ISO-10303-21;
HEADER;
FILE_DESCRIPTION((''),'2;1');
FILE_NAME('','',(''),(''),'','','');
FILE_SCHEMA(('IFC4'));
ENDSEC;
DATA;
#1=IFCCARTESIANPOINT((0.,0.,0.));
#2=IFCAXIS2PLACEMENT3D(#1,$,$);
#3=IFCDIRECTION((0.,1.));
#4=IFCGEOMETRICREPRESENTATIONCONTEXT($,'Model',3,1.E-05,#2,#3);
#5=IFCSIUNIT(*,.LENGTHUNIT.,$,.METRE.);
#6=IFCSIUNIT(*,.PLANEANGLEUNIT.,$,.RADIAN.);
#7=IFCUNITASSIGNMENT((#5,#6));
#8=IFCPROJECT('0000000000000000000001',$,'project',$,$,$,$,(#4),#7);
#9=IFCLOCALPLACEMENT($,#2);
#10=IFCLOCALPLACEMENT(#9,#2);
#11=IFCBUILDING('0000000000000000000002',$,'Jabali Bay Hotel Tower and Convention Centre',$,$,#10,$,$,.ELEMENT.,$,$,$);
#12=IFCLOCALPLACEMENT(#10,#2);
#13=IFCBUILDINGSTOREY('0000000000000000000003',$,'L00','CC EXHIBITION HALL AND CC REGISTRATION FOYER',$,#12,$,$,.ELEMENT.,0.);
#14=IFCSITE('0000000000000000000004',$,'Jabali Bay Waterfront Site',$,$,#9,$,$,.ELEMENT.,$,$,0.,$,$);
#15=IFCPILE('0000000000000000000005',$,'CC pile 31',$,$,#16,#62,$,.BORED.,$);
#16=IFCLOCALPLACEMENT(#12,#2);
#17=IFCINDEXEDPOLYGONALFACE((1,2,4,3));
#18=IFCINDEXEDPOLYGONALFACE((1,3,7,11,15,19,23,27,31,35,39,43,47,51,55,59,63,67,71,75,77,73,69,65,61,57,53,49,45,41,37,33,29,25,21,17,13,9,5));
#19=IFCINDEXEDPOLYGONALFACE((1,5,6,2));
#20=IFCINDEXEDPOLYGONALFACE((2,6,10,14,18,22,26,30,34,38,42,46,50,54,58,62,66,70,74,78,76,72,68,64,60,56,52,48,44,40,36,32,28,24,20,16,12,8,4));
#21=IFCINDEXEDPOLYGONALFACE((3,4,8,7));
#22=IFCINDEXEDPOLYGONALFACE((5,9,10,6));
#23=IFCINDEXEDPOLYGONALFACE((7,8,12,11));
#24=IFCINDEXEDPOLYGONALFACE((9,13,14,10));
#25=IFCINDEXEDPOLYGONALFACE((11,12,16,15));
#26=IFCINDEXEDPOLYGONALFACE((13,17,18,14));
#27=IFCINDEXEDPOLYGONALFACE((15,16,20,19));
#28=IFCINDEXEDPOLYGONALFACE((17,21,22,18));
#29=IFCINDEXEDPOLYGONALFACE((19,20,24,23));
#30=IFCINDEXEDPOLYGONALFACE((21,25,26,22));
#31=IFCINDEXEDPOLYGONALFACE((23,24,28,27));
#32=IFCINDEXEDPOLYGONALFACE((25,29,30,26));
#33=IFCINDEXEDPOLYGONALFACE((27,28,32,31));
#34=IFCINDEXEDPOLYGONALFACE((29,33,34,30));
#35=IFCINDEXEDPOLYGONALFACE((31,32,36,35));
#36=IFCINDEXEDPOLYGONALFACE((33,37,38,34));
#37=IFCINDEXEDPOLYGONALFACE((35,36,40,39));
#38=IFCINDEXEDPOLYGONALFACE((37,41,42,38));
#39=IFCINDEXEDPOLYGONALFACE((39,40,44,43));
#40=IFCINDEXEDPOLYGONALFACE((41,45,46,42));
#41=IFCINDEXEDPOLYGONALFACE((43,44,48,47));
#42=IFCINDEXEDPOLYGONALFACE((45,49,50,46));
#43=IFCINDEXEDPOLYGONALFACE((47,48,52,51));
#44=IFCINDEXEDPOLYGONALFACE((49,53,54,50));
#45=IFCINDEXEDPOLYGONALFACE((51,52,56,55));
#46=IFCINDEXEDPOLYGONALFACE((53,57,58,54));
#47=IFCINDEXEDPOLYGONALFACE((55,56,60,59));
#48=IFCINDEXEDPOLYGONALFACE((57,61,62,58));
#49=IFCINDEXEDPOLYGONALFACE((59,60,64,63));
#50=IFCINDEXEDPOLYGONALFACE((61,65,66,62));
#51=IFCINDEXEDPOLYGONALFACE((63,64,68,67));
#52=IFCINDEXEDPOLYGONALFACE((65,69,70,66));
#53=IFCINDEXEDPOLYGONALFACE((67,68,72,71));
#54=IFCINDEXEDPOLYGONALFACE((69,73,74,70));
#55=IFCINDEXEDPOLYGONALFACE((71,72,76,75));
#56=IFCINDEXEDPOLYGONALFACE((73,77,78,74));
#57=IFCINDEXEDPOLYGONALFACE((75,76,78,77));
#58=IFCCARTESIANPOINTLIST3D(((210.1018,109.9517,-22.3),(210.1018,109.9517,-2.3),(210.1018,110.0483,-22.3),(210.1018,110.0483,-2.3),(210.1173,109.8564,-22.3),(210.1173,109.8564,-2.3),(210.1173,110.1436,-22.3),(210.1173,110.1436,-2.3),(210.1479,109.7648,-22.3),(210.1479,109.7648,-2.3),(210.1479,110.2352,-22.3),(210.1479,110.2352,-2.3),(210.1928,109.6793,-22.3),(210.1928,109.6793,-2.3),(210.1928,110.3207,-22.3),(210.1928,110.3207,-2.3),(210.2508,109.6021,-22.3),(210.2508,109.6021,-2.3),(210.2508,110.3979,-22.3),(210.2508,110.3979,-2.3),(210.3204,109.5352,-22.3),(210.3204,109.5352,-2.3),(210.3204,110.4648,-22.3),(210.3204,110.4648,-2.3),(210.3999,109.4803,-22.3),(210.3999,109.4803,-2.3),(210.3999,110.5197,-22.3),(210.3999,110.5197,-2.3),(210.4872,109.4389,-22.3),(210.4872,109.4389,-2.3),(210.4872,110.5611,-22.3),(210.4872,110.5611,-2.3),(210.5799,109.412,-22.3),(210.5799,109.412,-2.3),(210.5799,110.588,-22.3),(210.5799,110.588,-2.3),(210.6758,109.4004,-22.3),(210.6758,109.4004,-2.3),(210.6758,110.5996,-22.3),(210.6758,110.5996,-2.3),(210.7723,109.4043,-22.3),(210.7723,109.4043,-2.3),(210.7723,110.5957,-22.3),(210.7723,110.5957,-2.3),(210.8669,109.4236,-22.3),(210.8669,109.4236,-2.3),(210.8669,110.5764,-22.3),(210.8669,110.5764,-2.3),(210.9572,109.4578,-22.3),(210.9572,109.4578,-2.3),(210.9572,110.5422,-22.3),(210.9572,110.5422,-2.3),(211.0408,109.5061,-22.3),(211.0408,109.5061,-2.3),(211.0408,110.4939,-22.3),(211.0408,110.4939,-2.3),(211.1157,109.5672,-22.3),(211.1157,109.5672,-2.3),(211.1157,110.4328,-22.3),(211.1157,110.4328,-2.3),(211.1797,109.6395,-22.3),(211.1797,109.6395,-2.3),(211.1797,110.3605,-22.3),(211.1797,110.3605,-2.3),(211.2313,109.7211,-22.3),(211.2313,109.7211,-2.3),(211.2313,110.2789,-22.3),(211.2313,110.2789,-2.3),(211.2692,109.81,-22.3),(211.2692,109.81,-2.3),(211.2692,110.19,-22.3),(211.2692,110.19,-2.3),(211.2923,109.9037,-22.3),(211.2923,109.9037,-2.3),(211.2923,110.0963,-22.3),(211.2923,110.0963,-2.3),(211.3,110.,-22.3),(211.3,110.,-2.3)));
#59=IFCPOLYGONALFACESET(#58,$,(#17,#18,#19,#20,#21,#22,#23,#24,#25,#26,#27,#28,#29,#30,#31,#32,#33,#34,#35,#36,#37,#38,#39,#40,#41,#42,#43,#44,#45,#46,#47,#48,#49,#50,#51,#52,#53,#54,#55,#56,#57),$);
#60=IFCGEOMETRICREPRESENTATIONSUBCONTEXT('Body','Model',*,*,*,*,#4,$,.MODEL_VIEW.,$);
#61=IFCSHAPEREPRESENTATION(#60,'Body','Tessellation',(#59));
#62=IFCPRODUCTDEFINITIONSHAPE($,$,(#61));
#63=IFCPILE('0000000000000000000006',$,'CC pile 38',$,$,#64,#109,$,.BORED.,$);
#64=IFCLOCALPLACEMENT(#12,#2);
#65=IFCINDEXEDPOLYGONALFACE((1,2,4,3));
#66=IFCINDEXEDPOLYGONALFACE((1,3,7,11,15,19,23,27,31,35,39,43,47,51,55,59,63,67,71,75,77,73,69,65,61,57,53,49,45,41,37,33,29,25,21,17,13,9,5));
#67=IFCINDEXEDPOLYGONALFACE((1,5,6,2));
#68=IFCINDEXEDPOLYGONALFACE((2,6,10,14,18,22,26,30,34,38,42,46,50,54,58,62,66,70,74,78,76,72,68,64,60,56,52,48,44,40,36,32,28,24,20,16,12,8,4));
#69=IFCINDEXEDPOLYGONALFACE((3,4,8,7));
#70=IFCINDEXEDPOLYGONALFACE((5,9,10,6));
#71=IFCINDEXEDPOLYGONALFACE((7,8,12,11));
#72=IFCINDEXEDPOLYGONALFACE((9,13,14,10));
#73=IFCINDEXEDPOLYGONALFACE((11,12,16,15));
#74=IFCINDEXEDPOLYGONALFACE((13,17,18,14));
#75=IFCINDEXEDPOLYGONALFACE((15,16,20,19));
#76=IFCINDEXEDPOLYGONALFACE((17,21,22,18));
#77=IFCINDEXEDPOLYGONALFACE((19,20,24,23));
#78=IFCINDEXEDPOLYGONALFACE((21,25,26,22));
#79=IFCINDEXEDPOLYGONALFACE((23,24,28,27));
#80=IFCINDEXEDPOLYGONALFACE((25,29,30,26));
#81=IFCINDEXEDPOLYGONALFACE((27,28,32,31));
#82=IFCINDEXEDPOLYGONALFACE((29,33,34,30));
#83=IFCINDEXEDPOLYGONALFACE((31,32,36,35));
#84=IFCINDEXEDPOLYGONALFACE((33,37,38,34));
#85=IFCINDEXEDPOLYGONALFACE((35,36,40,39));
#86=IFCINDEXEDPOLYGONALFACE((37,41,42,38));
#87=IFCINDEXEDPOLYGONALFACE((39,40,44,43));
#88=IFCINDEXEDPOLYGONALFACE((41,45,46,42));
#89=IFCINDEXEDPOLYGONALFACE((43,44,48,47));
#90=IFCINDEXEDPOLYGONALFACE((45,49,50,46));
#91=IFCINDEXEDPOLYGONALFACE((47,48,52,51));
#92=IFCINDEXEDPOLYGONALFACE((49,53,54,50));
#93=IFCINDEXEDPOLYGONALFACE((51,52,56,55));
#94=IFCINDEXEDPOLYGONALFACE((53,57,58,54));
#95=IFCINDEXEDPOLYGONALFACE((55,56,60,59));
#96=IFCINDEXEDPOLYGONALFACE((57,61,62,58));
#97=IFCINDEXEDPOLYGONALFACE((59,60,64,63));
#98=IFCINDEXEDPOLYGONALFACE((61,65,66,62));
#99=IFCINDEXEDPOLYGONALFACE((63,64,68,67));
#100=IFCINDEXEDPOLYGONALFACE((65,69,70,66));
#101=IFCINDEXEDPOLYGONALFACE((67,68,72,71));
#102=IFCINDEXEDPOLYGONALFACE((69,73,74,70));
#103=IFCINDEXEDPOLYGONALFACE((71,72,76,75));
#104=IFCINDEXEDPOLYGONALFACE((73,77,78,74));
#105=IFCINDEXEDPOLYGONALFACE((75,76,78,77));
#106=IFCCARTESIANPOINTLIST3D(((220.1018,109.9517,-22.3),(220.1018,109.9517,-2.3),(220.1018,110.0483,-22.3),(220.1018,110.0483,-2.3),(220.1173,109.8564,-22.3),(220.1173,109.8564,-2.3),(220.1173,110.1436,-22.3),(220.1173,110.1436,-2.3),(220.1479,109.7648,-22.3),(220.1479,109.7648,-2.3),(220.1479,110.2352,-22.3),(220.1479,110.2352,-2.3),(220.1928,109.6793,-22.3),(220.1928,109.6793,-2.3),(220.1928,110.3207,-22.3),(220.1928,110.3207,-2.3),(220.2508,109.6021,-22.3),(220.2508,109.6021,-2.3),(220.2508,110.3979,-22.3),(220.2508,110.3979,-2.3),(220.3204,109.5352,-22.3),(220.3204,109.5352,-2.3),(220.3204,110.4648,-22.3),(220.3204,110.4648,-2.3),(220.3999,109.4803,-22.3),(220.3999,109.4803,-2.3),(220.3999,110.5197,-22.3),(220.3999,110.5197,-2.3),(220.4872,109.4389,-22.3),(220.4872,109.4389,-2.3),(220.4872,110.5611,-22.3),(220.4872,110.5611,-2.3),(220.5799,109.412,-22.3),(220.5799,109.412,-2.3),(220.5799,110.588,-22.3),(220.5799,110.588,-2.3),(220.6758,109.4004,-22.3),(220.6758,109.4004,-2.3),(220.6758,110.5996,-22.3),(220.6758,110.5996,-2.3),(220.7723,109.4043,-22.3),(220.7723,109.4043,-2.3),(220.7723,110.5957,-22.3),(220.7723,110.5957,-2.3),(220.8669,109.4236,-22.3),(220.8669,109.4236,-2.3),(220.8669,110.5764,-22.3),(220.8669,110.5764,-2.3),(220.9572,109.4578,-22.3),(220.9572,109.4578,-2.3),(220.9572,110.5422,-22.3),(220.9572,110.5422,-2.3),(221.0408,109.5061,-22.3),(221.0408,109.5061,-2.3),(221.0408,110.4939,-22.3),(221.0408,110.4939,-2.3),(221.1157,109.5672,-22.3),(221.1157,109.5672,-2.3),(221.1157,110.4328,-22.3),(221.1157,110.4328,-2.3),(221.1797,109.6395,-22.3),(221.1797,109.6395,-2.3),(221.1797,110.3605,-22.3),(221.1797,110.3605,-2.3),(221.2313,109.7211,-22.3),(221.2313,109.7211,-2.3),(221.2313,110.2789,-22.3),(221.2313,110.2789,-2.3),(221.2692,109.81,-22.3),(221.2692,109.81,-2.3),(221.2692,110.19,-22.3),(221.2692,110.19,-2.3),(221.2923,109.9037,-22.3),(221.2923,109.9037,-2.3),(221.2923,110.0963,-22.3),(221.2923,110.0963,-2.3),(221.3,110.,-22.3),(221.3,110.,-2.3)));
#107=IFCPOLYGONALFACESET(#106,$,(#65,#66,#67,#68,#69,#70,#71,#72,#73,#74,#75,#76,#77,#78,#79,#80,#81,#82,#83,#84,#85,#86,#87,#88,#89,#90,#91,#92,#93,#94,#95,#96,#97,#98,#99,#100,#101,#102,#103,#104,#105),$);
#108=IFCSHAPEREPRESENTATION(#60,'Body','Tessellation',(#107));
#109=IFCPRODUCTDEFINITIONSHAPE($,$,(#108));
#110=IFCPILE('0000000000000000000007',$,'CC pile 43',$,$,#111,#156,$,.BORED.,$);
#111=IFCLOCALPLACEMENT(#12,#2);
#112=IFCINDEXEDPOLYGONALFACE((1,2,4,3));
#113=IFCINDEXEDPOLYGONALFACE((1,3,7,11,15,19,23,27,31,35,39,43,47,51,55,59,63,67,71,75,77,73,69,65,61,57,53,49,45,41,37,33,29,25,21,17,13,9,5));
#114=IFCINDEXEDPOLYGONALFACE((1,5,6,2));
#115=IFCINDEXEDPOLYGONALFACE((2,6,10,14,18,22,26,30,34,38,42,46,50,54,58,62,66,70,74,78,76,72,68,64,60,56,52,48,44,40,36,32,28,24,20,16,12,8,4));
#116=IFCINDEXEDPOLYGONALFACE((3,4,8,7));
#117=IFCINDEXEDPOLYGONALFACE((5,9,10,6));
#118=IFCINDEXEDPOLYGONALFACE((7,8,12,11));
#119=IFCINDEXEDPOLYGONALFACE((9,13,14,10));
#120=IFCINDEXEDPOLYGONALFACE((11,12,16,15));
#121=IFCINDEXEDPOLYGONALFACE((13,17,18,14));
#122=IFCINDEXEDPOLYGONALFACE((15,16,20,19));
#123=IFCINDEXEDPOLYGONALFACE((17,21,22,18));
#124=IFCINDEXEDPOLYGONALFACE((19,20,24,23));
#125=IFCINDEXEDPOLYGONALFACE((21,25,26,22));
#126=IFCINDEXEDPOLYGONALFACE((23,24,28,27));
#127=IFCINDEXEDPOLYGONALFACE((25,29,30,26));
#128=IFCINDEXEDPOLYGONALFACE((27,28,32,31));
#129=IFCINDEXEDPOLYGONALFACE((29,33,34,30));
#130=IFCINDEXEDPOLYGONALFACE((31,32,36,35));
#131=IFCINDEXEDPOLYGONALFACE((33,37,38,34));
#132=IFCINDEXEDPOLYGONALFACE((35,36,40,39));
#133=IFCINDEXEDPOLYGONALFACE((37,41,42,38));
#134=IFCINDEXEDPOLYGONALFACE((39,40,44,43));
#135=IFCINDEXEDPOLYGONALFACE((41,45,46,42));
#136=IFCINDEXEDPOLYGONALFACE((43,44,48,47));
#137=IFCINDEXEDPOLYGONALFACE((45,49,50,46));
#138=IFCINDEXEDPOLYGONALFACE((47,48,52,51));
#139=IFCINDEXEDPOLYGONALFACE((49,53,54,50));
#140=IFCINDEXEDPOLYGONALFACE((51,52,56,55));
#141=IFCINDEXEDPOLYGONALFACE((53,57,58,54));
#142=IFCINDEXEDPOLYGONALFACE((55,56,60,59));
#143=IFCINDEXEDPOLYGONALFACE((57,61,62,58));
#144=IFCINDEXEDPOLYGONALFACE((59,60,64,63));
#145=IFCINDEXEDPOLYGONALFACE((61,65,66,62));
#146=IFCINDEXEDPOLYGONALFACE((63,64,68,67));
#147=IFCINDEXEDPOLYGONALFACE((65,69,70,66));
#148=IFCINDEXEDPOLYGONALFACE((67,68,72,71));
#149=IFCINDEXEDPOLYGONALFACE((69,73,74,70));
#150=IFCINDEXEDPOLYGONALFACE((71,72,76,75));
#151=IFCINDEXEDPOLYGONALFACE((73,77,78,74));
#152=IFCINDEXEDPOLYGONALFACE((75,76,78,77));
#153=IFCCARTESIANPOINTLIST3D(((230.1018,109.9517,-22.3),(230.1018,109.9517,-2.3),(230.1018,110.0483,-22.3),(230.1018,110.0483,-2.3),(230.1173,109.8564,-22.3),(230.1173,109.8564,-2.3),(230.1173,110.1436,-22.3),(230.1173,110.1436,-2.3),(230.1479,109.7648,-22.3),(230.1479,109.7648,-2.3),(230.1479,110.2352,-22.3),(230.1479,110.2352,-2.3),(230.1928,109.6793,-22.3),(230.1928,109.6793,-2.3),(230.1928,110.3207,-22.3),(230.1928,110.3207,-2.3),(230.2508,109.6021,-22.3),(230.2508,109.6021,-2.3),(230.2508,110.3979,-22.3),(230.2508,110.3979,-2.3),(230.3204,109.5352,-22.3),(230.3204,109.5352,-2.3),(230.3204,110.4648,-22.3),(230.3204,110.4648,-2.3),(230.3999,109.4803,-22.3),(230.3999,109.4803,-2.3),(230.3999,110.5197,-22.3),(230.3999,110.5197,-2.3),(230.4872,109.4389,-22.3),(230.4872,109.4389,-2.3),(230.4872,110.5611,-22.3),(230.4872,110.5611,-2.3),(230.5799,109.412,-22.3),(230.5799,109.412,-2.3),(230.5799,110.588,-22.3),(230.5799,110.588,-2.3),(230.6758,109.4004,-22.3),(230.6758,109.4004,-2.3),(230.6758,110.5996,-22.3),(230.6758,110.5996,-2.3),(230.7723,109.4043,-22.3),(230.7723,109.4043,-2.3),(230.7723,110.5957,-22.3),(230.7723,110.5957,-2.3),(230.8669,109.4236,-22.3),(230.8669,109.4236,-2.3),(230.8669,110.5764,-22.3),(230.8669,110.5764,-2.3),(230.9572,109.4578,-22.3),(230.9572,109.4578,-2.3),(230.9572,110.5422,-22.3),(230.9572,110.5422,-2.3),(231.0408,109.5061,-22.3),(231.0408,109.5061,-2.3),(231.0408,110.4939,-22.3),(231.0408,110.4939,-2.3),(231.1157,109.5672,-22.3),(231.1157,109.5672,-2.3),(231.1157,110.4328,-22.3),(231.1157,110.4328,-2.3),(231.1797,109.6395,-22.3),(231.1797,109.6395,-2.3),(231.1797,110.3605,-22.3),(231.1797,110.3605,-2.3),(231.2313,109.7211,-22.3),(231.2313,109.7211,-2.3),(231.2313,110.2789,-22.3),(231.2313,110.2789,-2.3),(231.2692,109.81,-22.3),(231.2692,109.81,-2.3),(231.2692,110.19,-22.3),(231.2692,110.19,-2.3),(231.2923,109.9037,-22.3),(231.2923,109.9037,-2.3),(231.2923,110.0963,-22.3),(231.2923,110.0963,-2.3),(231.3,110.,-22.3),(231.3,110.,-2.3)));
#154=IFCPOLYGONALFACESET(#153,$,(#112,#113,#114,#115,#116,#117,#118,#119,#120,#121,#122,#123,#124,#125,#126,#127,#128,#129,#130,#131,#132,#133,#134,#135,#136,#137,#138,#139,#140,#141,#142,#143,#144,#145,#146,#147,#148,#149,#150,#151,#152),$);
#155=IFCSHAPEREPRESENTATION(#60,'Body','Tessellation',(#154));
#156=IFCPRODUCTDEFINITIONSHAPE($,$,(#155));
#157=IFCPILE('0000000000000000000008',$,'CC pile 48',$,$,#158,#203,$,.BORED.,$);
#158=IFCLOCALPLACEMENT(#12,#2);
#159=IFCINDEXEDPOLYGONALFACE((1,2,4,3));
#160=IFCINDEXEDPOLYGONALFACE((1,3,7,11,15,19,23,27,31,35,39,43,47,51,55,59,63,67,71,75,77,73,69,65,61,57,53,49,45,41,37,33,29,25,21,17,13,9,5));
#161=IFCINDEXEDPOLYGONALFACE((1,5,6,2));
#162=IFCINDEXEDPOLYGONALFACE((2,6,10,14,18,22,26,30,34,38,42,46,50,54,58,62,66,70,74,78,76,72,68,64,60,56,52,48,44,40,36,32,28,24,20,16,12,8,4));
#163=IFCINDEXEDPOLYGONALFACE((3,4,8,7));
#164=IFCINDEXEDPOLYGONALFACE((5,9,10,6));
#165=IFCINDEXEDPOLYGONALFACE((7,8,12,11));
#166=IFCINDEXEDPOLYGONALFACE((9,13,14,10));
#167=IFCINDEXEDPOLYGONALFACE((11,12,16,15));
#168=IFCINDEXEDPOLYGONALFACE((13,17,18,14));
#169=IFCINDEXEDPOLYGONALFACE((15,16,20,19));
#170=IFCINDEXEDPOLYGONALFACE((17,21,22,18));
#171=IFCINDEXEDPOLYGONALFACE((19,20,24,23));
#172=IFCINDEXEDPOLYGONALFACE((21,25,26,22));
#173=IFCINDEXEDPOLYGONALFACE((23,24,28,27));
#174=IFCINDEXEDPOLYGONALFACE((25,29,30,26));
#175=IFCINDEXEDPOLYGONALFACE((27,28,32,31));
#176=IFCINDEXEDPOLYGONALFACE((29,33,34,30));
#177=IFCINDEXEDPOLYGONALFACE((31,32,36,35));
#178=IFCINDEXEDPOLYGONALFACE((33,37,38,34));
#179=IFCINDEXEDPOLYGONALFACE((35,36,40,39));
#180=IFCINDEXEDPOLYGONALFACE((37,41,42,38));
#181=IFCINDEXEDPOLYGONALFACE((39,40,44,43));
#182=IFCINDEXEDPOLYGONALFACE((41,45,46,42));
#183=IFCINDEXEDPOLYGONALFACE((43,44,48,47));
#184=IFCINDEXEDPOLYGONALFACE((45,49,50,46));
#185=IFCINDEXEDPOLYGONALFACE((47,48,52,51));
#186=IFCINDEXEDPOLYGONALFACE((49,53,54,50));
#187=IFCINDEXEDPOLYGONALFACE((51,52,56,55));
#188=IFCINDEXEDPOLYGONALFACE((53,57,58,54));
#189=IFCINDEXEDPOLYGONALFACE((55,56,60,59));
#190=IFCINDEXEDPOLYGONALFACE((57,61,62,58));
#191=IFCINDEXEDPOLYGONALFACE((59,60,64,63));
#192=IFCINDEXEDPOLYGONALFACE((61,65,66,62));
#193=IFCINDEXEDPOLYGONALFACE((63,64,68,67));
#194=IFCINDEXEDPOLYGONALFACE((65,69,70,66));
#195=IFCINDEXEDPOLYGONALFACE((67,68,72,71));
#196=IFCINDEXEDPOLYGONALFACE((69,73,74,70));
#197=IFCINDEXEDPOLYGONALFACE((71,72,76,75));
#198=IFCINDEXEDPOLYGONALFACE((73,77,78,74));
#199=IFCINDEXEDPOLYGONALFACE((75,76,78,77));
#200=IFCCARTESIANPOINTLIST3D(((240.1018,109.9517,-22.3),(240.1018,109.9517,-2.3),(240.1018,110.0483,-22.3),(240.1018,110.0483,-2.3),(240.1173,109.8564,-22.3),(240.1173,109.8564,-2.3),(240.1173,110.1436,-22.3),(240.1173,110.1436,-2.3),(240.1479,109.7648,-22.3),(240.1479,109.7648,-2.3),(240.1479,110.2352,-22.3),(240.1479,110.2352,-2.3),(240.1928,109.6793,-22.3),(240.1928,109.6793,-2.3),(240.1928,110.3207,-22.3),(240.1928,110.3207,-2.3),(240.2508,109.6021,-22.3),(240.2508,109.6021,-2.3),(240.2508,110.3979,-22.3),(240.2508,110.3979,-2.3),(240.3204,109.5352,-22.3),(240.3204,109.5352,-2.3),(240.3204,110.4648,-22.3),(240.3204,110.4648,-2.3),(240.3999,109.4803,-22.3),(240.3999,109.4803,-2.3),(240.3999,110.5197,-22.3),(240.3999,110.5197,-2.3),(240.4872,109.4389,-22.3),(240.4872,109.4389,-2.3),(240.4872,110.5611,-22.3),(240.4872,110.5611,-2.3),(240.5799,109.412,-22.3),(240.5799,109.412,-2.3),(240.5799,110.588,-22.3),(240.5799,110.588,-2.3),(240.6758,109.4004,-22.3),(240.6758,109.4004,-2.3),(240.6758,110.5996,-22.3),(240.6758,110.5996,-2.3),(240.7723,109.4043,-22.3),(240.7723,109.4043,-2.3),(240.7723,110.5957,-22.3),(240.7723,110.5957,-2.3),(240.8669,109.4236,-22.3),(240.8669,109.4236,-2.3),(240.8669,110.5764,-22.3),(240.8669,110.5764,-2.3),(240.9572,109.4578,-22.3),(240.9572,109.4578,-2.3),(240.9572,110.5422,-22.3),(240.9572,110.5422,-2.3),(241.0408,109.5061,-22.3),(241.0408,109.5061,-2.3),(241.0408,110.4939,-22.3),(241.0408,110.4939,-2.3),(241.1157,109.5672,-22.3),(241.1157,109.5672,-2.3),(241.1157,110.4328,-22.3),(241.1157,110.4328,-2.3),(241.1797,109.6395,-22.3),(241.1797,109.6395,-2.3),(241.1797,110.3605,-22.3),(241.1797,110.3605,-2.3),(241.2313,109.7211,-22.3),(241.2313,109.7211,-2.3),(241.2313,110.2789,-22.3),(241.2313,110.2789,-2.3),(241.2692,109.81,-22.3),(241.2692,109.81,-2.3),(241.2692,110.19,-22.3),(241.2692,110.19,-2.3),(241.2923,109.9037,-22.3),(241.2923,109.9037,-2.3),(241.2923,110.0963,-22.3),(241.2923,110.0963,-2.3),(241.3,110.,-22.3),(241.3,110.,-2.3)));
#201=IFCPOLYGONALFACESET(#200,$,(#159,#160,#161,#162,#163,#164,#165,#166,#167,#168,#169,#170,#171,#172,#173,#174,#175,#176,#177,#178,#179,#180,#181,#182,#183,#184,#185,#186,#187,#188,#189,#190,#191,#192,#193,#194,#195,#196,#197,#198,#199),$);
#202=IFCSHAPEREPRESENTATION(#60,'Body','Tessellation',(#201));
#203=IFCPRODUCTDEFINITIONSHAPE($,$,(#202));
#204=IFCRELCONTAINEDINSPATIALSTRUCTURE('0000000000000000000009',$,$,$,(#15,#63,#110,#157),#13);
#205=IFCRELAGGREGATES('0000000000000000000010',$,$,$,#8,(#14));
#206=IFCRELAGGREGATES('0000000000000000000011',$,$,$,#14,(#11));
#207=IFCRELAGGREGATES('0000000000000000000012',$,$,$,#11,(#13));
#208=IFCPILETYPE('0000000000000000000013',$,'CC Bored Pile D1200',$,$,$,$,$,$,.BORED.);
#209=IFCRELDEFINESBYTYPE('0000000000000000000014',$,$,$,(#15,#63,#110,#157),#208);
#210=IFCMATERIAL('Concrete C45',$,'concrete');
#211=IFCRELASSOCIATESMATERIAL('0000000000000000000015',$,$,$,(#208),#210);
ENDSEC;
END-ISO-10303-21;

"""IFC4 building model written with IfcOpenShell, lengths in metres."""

from ifc_helpers import new_model, si_unit, direction, frame, origin, origin_2d, place, context, subcontext, project, spatial, circle, extrude, material, material_profile, profile_set, type_object, element, save


model = new_model("IFC4")

# Units and contexts
model_context = context("Model", 3, precision=1e-05, world=origin(), true_north=direction((0.0, 1.0)))
body_context = subcontext(model_context, "Body", "Model", "MODEL_VIEW")
ifc_project = project(units=[si_unit("LENGTHUNIT", "METRE"), si_unit("PLANEANGLEUNIT", "RADIAN")], contexts=[model_context])

# Site, building, storey
site_placement = place(None, origin())
site = spatial("IfcSite", under=ifc_project, at=site_placement, Name="Jabali Bay Waterfront Site", CompositionType="ELEMENT", RefElevation=0.0)
building_placement = place(site_placement, origin())
building = spatial("IfcBuilding", under=site, at=building_placement, Name="Jabali Bay Hotel Tower and Convention Centre", CompositionType="ELEMENT")
storey_placement = place(building_placement, origin())
storey = spatial("IfcBuildingStorey", under=building, at=storey_placement, Name="L00", Description="CC EXHIBITION HALL AND CC REGISTRATION FOYER", CompositionType="ELEMENT", Elevation=0.0)

# Piles
ifc_material_1 = material(Name="Concrete C45", Category="concrete")
ifc_material_profile_1 = material_profile(ifc_material_1, circle(Radius=0.6001, at=origin_2d()), Name="D1200")
ifc_profile_set_1 = profile_set([ifc_material_profile_1], Name="Concrete C45")
pile_type = type_object("IfcPileType", Name="CC Bored Pile D1200", PredefinedType="BORED", material=ifc_profile_set_1)
for number, where, z_axis, x_axis, name in (
    (1, (210.7, 110.0, -2.3), (0.0, 0.0, -1.0), (1.0, 0.0, 0.0), "CC pile 31"),
    (2, (220.7, 110.0, -2.3), (0.0, 0.0, -1.0), (1.0, 0.0, 0.0), "CC pile 38"),
    (3, (230.7, 110.0, -2.3), (0.0, 0.0, -1.0), (1.0, 0.0, 0.0), "CC pile 43"),
    (4, (240.7, 110.0, -2.3), (0.0, 0.0, -1.0), (1.0, 0.0, 0.0), "CC pile 48"),
):
    element("IfcPile", number, at=place(storey_placement, frame(where, z_axis=z_axis, x_axis=x_axis)), inside=storey, type_object=pile_type, Name=name, PredefinedType="BORED", context=body_context, shape_type="SweptSolid", body=[
        extrude(circle(Radius=0.6001, at=origin_2d()), origin(), (0.0, 0.0, 1.0), 20.0),
    ])

save(model, "model.ifc")
